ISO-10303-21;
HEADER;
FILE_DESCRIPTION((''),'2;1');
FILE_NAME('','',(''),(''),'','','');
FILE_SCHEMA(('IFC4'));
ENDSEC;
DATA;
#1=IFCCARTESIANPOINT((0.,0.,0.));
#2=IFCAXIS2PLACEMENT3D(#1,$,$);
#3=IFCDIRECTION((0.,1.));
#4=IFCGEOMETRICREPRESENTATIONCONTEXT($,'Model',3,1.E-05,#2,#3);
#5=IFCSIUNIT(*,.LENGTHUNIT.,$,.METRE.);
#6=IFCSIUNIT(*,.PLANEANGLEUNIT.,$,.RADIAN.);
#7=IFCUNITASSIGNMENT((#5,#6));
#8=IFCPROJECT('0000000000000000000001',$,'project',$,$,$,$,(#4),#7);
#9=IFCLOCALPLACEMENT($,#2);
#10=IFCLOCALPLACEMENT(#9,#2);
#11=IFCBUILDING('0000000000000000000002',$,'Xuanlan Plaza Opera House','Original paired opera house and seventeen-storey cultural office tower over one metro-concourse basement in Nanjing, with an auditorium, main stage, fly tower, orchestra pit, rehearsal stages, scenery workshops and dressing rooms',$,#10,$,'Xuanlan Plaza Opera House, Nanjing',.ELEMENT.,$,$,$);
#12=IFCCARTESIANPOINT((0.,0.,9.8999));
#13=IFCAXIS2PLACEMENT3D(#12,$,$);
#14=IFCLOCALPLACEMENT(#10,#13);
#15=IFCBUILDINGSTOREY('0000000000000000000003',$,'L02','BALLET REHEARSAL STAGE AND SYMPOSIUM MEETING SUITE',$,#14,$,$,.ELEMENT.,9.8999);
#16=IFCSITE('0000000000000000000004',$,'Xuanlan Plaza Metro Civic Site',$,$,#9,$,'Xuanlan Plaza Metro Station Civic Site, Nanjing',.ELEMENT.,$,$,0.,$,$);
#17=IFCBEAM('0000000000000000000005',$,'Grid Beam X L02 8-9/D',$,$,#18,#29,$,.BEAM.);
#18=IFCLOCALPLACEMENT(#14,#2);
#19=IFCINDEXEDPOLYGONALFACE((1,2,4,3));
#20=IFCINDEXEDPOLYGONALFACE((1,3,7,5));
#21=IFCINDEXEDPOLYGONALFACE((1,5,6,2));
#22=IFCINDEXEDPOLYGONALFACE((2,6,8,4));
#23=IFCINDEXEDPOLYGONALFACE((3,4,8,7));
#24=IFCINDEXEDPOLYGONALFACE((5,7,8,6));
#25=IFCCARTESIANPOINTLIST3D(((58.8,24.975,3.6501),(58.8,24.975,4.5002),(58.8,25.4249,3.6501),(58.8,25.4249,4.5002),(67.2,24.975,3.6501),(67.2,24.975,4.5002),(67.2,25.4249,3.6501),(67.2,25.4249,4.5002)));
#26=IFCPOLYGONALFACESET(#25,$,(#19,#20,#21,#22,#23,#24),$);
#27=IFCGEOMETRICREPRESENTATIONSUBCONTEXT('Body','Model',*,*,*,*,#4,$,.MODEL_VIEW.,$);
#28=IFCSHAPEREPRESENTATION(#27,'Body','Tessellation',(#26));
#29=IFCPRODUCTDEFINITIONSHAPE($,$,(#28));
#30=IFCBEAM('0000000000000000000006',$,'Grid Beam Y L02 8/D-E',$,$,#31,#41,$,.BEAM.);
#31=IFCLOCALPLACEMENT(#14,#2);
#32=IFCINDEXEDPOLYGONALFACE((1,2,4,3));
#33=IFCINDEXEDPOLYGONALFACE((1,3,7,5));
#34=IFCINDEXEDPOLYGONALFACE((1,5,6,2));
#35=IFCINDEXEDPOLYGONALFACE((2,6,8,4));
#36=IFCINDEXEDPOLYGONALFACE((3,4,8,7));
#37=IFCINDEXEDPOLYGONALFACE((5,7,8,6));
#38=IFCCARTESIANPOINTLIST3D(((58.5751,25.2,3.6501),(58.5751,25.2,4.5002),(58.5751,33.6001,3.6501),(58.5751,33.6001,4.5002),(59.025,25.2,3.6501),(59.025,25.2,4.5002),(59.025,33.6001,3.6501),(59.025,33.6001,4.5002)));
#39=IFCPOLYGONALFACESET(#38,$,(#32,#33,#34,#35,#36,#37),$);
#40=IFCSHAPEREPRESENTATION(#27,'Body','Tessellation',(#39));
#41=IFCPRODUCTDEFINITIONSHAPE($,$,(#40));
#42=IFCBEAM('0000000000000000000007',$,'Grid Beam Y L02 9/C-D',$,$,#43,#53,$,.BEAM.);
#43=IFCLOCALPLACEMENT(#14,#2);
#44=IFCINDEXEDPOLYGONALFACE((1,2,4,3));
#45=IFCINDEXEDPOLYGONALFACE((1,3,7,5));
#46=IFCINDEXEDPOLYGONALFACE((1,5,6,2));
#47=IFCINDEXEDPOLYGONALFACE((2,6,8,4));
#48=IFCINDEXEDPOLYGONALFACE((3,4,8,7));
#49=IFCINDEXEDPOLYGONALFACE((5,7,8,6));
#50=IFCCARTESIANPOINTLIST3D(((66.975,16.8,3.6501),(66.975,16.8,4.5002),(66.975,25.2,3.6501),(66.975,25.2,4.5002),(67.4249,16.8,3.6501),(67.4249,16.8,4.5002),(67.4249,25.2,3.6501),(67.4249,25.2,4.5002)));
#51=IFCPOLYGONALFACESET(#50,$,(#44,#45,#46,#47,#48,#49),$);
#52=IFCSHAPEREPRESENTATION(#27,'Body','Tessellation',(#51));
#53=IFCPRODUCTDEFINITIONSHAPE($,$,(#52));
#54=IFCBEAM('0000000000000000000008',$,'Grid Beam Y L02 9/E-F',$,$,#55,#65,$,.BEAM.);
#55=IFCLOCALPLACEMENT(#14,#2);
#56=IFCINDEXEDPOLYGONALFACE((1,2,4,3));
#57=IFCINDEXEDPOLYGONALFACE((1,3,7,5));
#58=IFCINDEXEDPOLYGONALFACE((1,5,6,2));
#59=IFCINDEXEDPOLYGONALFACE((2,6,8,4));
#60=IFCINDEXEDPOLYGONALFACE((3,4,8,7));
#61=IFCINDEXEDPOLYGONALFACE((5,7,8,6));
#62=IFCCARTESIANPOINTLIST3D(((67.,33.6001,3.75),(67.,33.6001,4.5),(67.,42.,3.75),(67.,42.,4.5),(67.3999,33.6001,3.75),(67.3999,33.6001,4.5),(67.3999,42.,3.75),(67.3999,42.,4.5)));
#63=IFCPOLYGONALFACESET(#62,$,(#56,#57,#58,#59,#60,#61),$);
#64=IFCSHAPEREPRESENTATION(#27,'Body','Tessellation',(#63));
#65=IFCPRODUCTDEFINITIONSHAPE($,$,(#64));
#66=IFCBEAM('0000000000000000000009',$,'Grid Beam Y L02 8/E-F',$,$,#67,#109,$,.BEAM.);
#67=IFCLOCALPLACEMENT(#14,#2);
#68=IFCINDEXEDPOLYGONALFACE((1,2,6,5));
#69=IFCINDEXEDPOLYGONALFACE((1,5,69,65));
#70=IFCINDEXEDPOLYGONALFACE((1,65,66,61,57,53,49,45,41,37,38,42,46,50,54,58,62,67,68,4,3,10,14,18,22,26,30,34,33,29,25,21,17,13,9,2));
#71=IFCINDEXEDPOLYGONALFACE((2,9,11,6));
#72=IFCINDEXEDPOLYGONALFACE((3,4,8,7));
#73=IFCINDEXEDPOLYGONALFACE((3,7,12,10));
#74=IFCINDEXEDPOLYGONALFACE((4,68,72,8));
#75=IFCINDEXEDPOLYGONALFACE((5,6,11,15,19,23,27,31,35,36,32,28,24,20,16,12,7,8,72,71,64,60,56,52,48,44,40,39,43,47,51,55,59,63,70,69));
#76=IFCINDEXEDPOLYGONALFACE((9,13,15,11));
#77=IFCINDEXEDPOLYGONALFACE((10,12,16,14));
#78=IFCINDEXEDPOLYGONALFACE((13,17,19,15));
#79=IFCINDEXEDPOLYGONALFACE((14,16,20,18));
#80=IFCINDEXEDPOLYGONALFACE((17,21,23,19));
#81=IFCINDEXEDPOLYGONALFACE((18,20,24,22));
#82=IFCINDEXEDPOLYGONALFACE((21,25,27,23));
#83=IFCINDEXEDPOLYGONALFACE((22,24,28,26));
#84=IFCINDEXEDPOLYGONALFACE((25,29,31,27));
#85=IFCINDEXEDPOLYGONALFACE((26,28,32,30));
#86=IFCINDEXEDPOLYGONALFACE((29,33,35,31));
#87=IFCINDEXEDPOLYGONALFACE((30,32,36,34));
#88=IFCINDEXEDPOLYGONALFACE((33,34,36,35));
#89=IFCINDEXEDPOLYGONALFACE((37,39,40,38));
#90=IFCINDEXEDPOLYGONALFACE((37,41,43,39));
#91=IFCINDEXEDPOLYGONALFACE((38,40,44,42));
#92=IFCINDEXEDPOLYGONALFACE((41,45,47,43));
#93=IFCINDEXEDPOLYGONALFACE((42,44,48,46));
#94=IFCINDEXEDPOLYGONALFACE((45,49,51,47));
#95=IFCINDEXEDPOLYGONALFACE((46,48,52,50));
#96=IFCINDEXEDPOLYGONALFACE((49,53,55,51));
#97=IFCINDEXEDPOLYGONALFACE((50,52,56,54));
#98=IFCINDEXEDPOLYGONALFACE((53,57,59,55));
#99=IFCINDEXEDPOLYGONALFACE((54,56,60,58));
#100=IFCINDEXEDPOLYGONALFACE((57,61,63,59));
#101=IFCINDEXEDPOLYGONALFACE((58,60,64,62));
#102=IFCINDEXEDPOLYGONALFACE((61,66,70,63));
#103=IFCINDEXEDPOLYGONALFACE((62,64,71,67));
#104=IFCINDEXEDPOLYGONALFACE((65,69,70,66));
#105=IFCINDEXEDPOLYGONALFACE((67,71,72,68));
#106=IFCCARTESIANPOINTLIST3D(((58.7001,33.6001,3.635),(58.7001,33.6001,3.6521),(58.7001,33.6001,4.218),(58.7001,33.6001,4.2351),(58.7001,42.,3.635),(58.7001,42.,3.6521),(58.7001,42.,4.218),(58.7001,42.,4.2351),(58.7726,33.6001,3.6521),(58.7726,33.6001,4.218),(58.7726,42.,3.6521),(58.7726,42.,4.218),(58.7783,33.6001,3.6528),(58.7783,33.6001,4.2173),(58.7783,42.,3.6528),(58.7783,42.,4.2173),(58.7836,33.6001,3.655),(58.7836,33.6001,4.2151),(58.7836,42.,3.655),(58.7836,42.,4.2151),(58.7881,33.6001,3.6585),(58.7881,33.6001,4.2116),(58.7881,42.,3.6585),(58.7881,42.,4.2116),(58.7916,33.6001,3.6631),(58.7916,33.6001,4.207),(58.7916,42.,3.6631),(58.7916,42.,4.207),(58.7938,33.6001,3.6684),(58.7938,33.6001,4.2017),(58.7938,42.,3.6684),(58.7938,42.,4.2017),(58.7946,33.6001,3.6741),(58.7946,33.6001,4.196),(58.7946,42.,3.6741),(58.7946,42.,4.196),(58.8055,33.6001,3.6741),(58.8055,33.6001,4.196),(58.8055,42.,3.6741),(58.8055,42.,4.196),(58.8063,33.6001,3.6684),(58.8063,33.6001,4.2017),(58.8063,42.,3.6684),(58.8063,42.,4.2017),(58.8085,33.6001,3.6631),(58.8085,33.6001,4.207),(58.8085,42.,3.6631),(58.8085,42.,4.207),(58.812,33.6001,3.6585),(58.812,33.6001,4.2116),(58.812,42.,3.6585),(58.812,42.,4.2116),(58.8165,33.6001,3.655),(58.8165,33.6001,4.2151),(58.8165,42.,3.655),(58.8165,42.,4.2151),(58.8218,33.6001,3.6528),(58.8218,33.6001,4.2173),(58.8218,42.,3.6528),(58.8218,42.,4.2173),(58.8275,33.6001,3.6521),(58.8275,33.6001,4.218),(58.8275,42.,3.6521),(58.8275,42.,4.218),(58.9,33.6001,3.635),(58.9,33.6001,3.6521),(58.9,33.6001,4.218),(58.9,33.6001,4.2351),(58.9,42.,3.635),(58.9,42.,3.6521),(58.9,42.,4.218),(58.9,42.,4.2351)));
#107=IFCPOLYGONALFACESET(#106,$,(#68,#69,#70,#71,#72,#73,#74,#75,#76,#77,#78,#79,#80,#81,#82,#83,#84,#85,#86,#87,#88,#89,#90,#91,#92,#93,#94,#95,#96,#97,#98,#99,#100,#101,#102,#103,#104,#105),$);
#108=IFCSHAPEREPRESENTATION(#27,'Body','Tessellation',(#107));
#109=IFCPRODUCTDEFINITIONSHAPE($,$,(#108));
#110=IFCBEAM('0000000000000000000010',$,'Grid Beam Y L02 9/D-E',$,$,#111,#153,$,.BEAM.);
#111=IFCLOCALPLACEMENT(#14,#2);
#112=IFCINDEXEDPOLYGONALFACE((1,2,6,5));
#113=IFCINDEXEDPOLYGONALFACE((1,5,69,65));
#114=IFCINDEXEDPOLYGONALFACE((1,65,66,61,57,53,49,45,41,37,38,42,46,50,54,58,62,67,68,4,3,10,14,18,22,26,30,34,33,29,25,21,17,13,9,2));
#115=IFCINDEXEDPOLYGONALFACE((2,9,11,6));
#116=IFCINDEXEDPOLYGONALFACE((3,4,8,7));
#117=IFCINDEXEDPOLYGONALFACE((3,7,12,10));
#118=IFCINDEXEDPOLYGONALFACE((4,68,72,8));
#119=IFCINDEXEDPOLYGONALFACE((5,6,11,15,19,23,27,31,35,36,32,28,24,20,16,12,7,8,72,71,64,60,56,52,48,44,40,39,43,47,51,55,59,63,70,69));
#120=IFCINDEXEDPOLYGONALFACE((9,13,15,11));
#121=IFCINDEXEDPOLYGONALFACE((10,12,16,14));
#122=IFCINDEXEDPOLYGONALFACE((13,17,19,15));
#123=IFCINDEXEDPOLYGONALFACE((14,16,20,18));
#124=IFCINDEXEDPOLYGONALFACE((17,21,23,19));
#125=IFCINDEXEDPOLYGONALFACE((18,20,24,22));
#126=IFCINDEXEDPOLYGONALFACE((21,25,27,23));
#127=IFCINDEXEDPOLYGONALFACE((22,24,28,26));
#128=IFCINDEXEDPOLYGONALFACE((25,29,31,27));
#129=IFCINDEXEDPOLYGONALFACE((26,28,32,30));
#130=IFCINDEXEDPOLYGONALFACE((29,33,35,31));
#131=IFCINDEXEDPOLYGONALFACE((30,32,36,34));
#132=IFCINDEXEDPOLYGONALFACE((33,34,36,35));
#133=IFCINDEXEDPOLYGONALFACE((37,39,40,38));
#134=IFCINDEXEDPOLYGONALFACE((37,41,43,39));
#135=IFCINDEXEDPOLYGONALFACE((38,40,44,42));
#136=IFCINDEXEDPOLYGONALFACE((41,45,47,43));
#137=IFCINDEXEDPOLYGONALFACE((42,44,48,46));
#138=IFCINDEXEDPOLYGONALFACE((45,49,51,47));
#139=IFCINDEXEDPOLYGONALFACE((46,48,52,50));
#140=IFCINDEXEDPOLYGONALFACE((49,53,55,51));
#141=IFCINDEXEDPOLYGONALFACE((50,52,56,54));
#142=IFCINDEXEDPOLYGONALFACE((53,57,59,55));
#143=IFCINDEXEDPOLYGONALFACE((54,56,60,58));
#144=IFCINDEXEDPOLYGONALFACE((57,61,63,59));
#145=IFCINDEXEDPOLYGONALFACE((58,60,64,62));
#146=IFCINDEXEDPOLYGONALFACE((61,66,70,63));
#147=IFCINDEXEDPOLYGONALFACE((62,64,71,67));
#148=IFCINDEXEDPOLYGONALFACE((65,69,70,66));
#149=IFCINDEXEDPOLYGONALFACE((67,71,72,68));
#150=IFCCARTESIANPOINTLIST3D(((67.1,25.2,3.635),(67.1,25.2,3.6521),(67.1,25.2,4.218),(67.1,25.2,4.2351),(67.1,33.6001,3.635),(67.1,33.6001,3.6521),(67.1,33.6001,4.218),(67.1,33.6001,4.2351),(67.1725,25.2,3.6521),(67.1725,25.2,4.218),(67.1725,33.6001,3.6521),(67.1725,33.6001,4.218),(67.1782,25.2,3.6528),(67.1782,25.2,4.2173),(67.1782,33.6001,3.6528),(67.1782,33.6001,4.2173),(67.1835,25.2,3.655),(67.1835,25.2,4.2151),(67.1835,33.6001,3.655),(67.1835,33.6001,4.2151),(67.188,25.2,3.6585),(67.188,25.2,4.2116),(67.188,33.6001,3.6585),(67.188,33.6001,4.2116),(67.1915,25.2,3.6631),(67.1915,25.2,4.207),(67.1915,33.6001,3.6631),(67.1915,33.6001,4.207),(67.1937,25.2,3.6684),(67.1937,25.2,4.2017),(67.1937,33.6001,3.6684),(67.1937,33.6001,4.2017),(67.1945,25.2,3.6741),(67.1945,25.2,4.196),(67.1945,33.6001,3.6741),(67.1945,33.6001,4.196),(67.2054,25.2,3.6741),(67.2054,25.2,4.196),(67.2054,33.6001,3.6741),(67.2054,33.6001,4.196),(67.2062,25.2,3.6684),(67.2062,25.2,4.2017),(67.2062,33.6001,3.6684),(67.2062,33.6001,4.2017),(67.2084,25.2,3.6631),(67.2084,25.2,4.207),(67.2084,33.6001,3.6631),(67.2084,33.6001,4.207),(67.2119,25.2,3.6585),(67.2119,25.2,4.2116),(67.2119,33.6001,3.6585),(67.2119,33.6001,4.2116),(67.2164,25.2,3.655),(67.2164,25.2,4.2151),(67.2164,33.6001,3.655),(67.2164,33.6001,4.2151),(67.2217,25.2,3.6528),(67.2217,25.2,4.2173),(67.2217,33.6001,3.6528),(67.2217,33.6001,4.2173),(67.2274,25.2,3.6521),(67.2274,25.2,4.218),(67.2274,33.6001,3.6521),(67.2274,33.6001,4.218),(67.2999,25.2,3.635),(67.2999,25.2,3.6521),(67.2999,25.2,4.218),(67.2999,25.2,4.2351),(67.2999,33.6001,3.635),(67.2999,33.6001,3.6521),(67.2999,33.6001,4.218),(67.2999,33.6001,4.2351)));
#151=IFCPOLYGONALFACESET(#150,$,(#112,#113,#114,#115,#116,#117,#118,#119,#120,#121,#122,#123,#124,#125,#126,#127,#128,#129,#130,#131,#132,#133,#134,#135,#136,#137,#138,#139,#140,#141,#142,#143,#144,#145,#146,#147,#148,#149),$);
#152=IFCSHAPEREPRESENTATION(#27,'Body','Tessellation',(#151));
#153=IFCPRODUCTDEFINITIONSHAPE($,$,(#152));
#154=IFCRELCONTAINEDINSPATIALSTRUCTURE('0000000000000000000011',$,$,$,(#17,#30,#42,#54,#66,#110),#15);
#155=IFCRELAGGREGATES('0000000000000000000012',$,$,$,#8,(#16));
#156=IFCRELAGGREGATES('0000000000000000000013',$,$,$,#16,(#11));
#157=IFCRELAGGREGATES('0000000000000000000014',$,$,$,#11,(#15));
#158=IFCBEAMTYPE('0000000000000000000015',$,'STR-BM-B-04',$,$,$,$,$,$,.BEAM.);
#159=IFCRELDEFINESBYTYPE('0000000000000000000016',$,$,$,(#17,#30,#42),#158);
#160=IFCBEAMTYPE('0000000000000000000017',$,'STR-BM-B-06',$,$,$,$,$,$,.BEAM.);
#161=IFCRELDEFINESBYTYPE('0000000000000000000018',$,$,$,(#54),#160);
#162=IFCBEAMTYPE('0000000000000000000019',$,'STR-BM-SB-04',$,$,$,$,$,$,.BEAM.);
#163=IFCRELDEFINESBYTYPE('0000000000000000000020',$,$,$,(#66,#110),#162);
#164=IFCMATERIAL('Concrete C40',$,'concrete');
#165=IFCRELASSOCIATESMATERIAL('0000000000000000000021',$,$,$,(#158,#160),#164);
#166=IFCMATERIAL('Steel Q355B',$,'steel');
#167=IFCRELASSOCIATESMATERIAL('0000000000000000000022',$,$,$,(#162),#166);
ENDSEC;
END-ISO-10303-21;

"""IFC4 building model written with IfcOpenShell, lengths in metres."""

from ifc_helpers import new_model, si_unit, direction, frame, origin, origin_2d, place, context, subcontext, project, spatial, rectangle, i_section, extrude, material, material_profile, profile_set, type_object, element, save


model = new_model("IFC4")

# Units and contexts
model_context = context("Model", 3, precision=1e-05, world=origin(), true_north=direction((0.0, 1.0)))
body_context = subcontext(model_context, "Body", "Model", "MODEL_VIEW")
ifc_project = project(units=[si_unit("LENGTHUNIT", "METRE"), si_unit("PLANEANGLEUNIT", "RADIAN")], contexts=[model_context])

# Site, building, storey
site_placement = place(None, origin())
site = spatial("IfcSite", under=ifc_project, at=site_placement, Name="Xuanlan Plaza Metro Civic Site", LongName="Xuanlan Plaza Metro Station Civic Site, Nanjing", CompositionType="ELEMENT", RefElevation=0.0)
building_placement = place(site_placement, origin())
building = spatial("IfcBuilding", under=site, at=building_placement, Name="Xuanlan Plaza Opera House", Description="Original paired opera house and seventeen-storey cultural office tower over one metro-concourse basement in Nanjing, with an auditorium, main stage, fly tower, orchestra pit, rehearsal stages, scenery workshops and dressing rooms", LongName="Xuanlan Plaza Opera House, Nanjing", CompositionType="ELEMENT")
storey_placement = place(building_placement, frame((0.0, 0.0, 9.8999)))
storey = spatial("IfcBuildingStorey", under=building, at=storey_placement, Name="L02", Description="BALLET REHEARSAL STAGE AND SYMPOSIUM MEETING SUITE", CompositionType="ELEMENT", Elevation=9.8999)

# Shared definitions
ifc_material_1 = material(Name="Concrete C40", Category="concrete")

# Beams
ifc_material_profile_1 = material_profile(ifc_material_1, rectangle(XDim=0.45, YDim=0.8501, at=origin_2d()), Name="RC-BM 450x850")
ifc_profile_set_1 = profile_set([ifc_material_profile_1], Name="Concrete C40")
beam_type_1 = type_object("IfcBeamType", Name="STR-BM-B-04", PredefinedType="BEAM", material=ifc_profile_set_1)
beam_1_placement = place(storey_placement, frame((58.8, 25.2, 4.0752), z_axis=(1.0, 0.0, 0.0), x_axis=(0.0, 1.0, 0.0)))
element("IfcBeam", 1, at=beam_1_placement, inside=storey, type_object=beam_type_1, Name="Grid Beam X L02 8-9/D", PredefinedType="BEAM", context=body_context, shape_type="SweptSolid", body=[
    extrude(rectangle(XDim=0.45, YDim=0.8501, at=origin_2d()), origin(), (0.0, 0.0, 1.0), 8.3999),
])
beam_2_placement = place(storey_placement, frame((58.8, 25.2, 4.0752), z_axis=(0.0, 1.0, 0.0), x_axis=(-1.0, 0.0, 0.0)))
element("IfcBeam", 2, at=beam_2_placement, inside=storey, type_object=beam_type_1, Name="Grid Beam Y L02 8/D-E", PredefinedType="BEAM", context=body_context, shape_type="SweptSolid", body=[
    extrude(rectangle(XDim=0.45, YDim=0.8501, at=origin_2d()), origin(), (0.0, 0.0, 1.0), 8.4001),
])
beam_3_placement = place(storey_placement, frame((67.2, 16.8, 4.0752), z_axis=(0.0, 1.0, 0.0), x_axis=(-1.0, 0.0, 0.0)))
element("IfcBeam", 3, at=beam_3_placement, inside=storey, type_object=beam_type_1, Name="Grid Beam Y L02 9/C-D", PredefinedType="BEAM", context=body_context, shape_type="SweptSolid", body=[
    extrude(rectangle(XDim=0.45, YDim=0.8501, at=origin_2d()), origin(), (0.0, 0.0, 1.0), 8.3999),
])
ifc_material_profile_2 = material_profile(ifc_material_1, rectangle(XDim=0.3999, YDim=0.75, at=origin_2d()), Name="RC-BM 400x750")
ifc_profile_set_2 = profile_set([ifc_material_profile_2], Name="Concrete C40")
beam_type_2 = type_object("IfcBeamType", Name="STR-BM-B-06", PredefinedType="BEAM", material=ifc_profile_set_2)
beam_4_placement = place(storey_placement, frame((67.2, 33.6001, 4.125), z_axis=(0.0, 1.0, 0.0), x_axis=(-1.0, 0.0, 0.0)))
element("IfcBeam", 4, at=beam_4_placement, inside=storey, type_object=beam_type_2, Name="Grid Beam Y L02 9/E-F", PredefinedType="BEAM", context=body_context, shape_type="SweptSolid", body=[
    extrude(rectangle(XDim=0.3999, YDim=0.75, at=origin_2d()), origin(), (0.0, 0.0, 1.0), 8.3999),
])
ifc_material_2 = material(Name="Steel Q355B", Category="steel")
ifc_material_profile_3 = material_profile(ifc_material_2, i_section(OverallWidth=0.2, OverallDepth=0.6001, WebThickness=0.011, FlangeThickness=0.0171, FilletRadius=0.022, at=origin_2d()), Name="HN 600x200x11x17")
ifc_profile_set_3 = profile_set([ifc_material_profile_3], Name="Steel Q355B")
beam_type_3 = type_object("IfcBeamType", Name="STR-BM-SB-04", PredefinedType="BEAM", material=ifc_profile_set_3)
beam_5_placement = place(storey_placement, frame((58.8, 33.6001, 3.9351), z_axis=(0.0, 1.0, 0.0), x_axis=(-1.0, 0.0, 0.0)))
element("IfcBeam", 5, at=beam_5_placement, inside=storey, type_object=beam_type_3, Name="Grid Beam Y L02 8/E-F", PredefinedType="BEAM", context=body_context, shape_type="SweptSolid", body=[
    extrude(i_section(OverallWidth=0.2, OverallDepth=0.6001, WebThickness=0.011, FlangeThickness=0.0171, FilletRadius=0.022, at=origin_2d()), origin(), (0.0, 0.0, 1.0), 8.3999),
])
beam_6_placement = place(storey_placement, frame((67.2, 25.2, 3.9351), z_axis=(0.0, 1.0, 0.0), x_axis=(-1.0, 0.0, 0.0)))
element("IfcBeam", 6, at=beam_6_placement, inside=storey, type_object=beam_type_3, Name="Grid Beam Y L02 9/D-E", PredefinedType="BEAM", context=body_context, shape_type="SweptSolid", body=[
    extrude(i_section(OverallWidth=0.2, OverallDepth=0.6001, WebThickness=0.011, FlangeThickness=0.0171, FilletRadius=0.022, at=origin_2d()), origin(), (0.0, 0.0, 1.0), 8.4001),
])

save(model, "model.ifc")
